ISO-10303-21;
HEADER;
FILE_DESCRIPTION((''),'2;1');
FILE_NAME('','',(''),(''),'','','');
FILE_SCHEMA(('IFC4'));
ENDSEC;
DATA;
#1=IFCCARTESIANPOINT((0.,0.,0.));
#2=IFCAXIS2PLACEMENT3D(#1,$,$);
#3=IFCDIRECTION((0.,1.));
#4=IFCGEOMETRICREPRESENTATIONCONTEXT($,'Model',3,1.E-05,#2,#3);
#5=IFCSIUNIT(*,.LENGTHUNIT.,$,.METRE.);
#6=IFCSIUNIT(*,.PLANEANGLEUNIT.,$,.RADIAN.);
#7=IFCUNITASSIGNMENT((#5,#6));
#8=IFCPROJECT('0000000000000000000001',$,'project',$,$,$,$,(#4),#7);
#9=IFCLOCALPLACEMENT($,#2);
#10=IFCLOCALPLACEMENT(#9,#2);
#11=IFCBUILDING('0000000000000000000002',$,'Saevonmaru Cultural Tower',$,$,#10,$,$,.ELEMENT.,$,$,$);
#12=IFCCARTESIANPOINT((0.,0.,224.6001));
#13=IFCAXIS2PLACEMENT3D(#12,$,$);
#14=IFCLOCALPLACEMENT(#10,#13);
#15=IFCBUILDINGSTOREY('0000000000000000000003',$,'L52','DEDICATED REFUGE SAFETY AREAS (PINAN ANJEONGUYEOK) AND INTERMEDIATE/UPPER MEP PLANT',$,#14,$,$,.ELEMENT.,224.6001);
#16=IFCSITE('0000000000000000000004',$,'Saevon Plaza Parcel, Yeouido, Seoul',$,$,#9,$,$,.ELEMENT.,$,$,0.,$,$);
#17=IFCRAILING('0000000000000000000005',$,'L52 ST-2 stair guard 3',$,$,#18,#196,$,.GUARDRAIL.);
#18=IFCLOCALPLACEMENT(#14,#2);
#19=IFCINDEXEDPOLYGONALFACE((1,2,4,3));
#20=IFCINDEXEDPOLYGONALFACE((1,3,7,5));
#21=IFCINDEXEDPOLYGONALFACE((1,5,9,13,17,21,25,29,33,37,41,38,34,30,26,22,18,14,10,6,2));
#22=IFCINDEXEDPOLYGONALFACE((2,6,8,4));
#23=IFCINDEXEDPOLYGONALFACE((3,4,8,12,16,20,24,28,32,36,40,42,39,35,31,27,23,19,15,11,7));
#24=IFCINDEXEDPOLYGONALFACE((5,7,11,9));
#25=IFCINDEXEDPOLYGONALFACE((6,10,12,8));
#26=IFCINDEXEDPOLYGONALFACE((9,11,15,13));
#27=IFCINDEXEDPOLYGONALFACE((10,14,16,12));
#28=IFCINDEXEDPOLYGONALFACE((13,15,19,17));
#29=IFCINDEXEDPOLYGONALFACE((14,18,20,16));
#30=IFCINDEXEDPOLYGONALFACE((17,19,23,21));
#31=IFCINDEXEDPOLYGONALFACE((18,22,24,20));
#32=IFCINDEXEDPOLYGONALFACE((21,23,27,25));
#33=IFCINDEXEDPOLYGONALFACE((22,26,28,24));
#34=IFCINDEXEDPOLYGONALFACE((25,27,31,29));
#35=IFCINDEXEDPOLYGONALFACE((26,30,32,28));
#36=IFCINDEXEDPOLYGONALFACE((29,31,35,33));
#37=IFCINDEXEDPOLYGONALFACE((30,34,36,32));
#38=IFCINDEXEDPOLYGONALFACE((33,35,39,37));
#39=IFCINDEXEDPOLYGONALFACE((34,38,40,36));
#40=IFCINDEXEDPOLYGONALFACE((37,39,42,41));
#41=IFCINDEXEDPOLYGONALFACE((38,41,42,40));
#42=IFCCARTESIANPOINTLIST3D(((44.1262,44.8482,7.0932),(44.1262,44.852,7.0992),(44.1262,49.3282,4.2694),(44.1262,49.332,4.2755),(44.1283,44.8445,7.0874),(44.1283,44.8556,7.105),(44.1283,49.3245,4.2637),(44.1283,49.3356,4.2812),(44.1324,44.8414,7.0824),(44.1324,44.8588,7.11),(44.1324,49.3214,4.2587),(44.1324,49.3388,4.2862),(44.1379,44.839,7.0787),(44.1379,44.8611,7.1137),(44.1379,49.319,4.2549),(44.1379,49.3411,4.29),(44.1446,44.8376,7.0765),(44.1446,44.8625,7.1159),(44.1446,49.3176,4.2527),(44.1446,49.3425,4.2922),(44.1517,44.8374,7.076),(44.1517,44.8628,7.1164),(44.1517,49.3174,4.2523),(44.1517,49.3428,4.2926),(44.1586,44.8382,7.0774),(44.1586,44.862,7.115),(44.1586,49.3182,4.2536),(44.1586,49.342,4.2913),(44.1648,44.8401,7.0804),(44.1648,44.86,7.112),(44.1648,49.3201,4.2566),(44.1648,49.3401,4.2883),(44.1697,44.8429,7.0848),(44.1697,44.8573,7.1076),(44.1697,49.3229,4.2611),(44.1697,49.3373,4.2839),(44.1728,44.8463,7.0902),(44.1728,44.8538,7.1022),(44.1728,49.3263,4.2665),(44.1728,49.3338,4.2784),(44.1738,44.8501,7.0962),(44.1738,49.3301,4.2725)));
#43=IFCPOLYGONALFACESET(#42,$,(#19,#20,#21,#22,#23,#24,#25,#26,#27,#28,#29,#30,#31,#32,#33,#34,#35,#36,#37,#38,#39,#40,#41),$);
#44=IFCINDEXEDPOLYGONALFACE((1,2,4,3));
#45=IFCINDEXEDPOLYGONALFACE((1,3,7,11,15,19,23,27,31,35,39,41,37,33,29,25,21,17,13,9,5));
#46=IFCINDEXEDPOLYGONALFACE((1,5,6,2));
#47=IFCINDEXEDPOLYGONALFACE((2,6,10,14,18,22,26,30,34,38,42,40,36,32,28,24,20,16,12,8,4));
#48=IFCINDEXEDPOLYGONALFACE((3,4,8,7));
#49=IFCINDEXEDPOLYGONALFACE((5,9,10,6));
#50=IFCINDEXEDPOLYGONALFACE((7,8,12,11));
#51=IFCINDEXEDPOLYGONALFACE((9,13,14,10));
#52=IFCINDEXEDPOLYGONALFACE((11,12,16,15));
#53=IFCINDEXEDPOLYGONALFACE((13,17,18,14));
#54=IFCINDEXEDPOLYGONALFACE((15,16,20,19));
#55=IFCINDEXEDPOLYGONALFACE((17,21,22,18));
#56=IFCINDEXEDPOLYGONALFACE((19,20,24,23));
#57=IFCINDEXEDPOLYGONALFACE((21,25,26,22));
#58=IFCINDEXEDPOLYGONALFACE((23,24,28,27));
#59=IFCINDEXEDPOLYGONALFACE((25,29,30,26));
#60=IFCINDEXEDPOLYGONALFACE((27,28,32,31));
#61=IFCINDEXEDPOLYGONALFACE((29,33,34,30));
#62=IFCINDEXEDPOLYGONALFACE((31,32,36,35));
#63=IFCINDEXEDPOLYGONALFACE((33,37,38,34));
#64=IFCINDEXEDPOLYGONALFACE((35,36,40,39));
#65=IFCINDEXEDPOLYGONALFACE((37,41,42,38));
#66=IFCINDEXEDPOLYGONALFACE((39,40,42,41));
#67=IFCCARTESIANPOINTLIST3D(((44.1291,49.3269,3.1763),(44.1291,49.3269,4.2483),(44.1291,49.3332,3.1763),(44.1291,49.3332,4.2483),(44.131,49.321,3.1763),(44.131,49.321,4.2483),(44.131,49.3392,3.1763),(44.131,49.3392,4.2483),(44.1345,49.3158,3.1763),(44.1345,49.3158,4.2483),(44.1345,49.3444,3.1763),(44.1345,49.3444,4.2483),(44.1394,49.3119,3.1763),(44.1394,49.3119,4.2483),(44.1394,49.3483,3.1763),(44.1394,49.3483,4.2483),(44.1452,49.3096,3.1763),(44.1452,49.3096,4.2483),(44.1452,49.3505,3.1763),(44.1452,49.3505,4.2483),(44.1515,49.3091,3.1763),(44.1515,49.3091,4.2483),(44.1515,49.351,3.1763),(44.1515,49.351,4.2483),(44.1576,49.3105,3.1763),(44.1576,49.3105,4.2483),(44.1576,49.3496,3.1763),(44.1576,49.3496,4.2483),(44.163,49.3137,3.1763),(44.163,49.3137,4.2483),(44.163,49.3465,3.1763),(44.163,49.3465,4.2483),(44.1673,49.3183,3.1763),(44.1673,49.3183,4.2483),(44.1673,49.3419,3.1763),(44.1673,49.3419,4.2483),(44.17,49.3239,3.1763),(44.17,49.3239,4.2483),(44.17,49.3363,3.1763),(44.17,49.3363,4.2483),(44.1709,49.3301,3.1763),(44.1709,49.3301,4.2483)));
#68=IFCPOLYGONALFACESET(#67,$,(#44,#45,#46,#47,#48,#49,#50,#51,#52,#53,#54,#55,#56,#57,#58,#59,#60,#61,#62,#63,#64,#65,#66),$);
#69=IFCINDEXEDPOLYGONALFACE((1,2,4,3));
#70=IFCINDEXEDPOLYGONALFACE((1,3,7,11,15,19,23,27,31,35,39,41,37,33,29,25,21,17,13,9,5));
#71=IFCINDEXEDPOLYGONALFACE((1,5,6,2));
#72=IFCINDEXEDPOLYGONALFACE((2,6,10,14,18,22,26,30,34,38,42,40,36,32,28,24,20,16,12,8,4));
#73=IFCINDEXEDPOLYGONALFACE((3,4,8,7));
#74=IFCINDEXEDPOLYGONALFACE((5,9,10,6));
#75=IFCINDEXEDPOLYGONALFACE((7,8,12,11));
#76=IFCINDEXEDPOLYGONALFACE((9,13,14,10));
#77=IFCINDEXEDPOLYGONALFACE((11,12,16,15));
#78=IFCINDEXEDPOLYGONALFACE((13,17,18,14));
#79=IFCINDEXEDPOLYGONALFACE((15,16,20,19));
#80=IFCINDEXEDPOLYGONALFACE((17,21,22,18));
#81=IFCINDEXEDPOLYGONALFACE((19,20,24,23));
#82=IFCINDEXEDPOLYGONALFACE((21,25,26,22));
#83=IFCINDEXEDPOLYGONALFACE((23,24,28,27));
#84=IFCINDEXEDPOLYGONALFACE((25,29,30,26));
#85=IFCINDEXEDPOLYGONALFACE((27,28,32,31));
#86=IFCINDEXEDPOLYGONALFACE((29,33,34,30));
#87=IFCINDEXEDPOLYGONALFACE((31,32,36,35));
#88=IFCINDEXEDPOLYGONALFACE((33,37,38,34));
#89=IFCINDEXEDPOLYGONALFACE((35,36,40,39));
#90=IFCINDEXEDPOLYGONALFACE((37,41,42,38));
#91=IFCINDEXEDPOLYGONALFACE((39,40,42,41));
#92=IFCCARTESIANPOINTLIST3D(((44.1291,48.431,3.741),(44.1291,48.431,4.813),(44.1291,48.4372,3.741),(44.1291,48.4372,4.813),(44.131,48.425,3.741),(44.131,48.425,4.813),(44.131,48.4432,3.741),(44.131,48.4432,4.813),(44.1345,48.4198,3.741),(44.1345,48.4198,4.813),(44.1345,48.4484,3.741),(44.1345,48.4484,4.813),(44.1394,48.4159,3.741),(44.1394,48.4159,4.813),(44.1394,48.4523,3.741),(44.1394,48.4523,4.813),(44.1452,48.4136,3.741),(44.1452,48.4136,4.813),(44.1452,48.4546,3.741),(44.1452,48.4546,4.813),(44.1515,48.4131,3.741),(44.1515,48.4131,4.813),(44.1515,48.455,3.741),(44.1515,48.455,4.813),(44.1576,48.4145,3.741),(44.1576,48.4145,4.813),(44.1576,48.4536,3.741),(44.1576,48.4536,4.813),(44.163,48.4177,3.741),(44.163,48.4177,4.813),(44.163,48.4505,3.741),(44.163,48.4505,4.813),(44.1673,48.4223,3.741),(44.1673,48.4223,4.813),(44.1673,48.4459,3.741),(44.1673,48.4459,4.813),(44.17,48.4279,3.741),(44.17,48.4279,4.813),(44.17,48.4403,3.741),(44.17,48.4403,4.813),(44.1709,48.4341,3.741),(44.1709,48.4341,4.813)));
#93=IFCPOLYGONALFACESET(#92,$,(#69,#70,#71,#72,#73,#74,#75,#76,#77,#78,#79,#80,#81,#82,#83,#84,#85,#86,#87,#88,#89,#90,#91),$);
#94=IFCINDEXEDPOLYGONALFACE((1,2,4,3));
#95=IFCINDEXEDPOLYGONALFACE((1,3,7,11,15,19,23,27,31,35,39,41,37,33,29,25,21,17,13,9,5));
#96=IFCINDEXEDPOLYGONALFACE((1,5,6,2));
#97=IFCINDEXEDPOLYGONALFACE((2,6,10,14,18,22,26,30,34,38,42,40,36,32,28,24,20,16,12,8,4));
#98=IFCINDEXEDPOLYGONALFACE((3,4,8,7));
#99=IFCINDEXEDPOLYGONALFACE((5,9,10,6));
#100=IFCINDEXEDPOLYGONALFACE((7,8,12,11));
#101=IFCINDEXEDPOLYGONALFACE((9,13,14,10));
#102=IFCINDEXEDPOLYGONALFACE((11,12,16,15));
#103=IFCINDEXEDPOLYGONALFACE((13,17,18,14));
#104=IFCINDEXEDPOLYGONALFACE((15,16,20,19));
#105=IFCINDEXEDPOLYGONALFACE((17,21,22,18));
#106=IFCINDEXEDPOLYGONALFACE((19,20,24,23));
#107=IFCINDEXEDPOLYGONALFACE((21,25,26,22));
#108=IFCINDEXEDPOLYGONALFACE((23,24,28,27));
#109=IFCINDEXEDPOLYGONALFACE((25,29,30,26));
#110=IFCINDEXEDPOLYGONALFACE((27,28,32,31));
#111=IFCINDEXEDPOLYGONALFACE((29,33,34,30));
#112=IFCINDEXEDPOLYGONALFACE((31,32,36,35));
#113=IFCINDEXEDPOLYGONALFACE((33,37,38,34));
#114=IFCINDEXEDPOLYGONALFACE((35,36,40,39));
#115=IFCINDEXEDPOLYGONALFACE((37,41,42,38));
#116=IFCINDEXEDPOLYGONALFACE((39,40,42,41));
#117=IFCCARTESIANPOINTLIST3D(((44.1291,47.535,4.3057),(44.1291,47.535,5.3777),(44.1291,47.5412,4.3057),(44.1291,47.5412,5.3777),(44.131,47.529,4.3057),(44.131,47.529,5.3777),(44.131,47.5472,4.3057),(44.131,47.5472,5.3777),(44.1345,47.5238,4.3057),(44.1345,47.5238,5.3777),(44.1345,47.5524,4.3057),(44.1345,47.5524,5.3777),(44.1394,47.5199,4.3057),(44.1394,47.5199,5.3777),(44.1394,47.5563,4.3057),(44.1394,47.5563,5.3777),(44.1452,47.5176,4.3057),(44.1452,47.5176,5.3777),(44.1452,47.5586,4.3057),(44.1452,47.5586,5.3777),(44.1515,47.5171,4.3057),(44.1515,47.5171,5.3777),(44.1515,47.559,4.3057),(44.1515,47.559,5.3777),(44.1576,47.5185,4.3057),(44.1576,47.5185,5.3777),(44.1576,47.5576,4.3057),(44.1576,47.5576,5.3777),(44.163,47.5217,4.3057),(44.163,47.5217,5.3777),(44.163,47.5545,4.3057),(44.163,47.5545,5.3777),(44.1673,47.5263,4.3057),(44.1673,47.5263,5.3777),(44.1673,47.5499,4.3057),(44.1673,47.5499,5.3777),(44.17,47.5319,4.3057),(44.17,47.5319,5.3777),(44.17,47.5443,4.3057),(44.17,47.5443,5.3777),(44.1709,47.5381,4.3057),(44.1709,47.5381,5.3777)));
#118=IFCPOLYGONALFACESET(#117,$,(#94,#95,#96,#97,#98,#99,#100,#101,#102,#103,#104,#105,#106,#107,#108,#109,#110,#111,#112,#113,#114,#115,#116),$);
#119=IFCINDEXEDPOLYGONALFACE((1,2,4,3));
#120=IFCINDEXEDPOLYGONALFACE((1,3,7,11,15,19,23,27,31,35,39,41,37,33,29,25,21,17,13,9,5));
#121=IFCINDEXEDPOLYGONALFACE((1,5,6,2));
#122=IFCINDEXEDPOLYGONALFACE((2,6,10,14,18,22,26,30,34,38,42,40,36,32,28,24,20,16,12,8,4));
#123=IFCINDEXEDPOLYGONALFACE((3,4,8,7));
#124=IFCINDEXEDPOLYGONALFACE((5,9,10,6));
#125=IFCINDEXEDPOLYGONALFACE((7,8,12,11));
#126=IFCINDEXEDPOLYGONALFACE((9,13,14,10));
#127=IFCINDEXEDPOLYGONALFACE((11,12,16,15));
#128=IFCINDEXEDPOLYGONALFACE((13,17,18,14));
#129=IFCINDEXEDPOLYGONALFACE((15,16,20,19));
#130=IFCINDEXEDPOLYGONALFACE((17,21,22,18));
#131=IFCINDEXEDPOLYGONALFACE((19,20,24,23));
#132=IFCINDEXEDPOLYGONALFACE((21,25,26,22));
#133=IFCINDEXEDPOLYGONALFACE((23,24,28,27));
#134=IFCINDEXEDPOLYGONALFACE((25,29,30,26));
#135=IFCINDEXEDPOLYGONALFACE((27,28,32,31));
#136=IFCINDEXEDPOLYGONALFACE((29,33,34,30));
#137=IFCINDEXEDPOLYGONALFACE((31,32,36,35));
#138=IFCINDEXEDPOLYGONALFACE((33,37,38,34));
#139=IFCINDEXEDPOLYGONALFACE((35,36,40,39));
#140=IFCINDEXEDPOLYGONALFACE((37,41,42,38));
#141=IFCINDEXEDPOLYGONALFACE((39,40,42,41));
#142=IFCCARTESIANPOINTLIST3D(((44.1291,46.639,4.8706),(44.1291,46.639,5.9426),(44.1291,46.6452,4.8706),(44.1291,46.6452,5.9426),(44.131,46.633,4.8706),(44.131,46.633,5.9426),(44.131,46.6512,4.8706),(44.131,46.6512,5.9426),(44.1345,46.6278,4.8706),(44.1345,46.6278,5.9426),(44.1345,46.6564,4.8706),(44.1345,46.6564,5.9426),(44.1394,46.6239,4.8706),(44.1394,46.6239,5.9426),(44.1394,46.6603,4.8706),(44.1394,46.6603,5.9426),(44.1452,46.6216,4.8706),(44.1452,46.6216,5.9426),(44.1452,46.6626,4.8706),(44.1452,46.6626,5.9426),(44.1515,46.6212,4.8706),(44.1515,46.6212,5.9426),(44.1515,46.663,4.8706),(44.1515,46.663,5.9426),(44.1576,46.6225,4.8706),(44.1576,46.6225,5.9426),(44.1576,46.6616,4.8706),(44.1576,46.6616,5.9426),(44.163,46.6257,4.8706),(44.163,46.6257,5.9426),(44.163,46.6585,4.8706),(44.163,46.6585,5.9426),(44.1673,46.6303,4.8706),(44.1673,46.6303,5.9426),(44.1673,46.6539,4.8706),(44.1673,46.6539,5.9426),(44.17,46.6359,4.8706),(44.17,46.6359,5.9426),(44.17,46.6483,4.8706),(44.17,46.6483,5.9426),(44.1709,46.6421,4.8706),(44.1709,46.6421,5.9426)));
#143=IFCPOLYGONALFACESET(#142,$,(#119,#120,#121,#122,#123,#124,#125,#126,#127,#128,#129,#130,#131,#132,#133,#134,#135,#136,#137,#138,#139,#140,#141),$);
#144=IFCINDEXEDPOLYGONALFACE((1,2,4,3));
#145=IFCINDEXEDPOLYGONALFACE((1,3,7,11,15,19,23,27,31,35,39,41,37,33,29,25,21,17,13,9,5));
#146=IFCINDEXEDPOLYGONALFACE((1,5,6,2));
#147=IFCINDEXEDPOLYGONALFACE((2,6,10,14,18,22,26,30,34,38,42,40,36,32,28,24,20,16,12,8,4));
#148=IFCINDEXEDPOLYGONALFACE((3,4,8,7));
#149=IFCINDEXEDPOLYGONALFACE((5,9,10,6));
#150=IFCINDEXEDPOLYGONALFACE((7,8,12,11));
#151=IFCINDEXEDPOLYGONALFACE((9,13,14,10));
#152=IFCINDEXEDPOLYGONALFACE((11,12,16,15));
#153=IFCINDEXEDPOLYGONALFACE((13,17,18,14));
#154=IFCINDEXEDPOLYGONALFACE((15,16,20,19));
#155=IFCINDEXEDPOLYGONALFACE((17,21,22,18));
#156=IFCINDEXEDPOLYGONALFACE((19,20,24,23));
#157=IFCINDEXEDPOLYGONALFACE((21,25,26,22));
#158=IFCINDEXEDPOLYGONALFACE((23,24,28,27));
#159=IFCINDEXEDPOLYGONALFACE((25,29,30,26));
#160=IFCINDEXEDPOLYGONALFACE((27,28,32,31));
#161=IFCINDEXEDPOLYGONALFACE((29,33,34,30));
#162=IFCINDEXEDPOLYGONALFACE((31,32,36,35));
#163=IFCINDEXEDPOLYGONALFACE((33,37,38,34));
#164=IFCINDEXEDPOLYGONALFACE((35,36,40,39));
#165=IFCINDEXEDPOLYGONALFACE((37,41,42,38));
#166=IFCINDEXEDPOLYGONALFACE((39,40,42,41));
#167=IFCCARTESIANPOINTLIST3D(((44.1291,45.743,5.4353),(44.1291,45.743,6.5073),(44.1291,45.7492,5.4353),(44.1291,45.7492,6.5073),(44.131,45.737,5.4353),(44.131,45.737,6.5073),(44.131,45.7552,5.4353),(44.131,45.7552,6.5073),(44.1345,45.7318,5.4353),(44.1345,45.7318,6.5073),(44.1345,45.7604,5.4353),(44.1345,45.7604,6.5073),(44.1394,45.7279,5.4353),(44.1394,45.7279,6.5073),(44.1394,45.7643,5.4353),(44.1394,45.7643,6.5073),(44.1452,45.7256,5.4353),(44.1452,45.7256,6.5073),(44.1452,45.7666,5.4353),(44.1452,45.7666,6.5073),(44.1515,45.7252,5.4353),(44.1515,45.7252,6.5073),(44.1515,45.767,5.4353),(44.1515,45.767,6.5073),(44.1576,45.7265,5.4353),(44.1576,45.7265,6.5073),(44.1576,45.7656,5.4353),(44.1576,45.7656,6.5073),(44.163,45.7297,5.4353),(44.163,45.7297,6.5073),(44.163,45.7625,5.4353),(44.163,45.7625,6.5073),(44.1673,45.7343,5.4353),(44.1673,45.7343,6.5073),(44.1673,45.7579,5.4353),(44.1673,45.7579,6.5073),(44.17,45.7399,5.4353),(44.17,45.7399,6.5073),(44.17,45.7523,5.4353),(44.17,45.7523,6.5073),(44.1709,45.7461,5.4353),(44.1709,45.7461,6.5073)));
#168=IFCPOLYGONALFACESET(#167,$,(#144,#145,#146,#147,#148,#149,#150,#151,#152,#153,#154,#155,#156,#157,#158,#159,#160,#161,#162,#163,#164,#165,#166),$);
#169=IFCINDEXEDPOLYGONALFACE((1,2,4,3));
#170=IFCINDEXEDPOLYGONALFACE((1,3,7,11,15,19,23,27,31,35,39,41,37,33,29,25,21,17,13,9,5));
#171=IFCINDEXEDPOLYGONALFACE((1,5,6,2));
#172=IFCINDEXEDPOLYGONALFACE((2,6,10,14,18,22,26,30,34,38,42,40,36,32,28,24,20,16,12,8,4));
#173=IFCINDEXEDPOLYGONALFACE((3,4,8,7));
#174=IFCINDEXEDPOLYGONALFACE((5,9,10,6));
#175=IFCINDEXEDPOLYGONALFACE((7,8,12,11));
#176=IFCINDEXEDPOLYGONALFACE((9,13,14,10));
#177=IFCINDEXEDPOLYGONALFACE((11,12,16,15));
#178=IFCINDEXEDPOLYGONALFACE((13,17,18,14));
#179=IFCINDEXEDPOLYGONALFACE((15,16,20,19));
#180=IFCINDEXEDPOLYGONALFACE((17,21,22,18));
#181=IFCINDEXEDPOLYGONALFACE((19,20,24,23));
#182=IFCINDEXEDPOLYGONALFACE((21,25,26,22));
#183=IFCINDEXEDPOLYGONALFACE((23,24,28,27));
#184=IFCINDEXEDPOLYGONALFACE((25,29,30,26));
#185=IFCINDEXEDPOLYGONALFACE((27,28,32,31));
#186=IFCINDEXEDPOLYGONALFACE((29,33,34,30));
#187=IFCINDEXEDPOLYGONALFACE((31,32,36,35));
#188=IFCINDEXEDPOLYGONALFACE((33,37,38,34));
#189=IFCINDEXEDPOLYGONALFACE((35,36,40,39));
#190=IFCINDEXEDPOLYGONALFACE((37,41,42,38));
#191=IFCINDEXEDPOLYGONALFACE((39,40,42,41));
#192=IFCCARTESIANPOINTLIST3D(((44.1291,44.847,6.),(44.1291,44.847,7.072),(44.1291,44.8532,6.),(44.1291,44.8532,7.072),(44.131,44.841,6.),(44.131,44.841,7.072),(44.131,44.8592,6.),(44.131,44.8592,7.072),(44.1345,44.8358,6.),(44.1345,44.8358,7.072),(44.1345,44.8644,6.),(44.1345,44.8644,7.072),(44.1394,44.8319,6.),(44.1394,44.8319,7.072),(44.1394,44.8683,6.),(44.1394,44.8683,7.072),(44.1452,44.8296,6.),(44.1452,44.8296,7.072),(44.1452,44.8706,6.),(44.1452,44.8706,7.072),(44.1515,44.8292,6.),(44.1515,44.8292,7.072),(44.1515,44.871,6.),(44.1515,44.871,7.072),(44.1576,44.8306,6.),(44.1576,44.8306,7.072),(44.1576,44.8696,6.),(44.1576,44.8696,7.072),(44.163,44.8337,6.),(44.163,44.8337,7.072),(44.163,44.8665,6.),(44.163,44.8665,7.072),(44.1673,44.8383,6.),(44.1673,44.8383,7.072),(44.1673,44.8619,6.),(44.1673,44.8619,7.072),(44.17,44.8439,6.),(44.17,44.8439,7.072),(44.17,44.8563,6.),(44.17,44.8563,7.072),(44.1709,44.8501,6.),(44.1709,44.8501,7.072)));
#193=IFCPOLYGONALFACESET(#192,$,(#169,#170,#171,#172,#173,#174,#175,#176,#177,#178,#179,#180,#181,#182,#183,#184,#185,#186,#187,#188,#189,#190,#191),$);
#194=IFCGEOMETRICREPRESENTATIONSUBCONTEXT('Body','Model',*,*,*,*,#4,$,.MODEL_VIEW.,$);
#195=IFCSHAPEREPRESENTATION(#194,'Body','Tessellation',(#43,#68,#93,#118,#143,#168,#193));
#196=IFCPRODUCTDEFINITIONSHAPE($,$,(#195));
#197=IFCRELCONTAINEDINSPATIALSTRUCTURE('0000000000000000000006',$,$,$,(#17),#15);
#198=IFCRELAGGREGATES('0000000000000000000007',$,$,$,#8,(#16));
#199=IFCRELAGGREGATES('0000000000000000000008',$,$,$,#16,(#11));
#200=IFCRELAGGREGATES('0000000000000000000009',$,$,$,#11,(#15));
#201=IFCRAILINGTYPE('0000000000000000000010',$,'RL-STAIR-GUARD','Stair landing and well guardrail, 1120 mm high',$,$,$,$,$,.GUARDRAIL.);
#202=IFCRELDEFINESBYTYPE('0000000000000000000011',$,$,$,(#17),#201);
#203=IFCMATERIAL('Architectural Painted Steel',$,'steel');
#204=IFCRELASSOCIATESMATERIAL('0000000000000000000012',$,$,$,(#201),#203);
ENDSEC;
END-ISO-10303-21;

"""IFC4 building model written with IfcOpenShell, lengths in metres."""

from ifc_helpers import new_model, si_unit, direction, frame, origin, origin_2d, place, context, subcontext, project, spatial, circle, extrude, material, type_object, element, save


model = new_model("IFC4")

# Units and contexts
model_context = context("Model", 3, precision=1e-05, world=origin(), true_north=direction((0.0, 1.0)))
body_context = subcontext(model_context, "Body", "Model", "MODEL_VIEW")
ifc_project = project(units=[si_unit("LENGTHUNIT", "METRE"), si_unit("PLANEANGLEUNIT", "RADIAN")], contexts=[model_context])

# Site, building, storey
site_placement = place(None, origin())
site = spatial("IfcSite", under=ifc_project, at=site_placement, Name="Saevon Plaza Parcel, Yeouido, Seoul", CompositionType="ELEMENT", RefElevation=0.0)
building_placement = place(site_placement, origin())
building = spatial("IfcBuilding", under=site, at=building_placement, Name="Saevonmaru Cultural Tower", CompositionType="ELEMENT")
storey_placement = place(building_placement, frame((0.0, 0.0, 224.6001)))
storey = spatial("IfcBuildingStorey", under=building, at=storey_placement, Name="L52", Description="DEDICATED REFUGE SAFETY AREAS (PINAN ANJEONGUYEOK) AND INTERMEDIATE/UPPER MEP PLANT", CompositionType="ELEMENT", Elevation=224.6001)

# Railing
ifc_material_1 = material(Name="Architectural Painted Steel", Category="steel")
railing_type_1 = type_object("IfcRailingType", Name="RL-STAIR-GUARD", Description="Stair landing and well guardrail, 1120 mm high", PredefinedType="GUARDRAIL", material=ifc_material_1)
railing_1_placement = place(storey_placement, frame((44.1499, 49.3301, 3.1763)))
element("IfcRailing", 1, at=railing_1_placement, inside=storey, type_object=railing_type_1, Name="L52 ST-2 stair guard 3", PredefinedType="GUARDRAIL", context=body_context, shape_type="SweptSolid", body=[
    extrude(circle(Radius=0.0239, at=origin_2d()), frame((0.0, 0.0, 1.0962), z_axis=(0.0, -0.845977, 0.533219), x_axis=(1.0, 0.0, 0.0)), (0.0, 0.0, 1.0), 5.2957),
    extrude(circle(Radius=0.021, at=origin_2d()), origin(), (0.0, 0.0, 1.0), 1.072),
    extrude(circle(Radius=0.021, at=origin_2d()), frame((0.0, -0.896, 0.5647)), (0.0, 0.0, 1.0), 1.072),
    extrude(circle(Radius=0.021, at=origin_2d()), frame((0.0, -1.792, 1.1294)), (0.0, 0.0, 1.0), 1.072),
    extrude(circle(Radius=0.021, at=origin_2d()), frame((0.0, -2.688, 1.6943)), (0.0, 0.0, 1.0), 1.072),
    extrude(circle(Radius=0.021, at=origin_2d()), frame((0.0, -3.584, 2.259)), (0.0, 0.0, 1.0), 1.072),
    extrude(circle(Radius=0.021, at=origin_2d()), frame((0.0, -4.48, 2.8237)), (0.0, 0.0, 1.0), 1.072),
])

save(model, "model.ifc")
